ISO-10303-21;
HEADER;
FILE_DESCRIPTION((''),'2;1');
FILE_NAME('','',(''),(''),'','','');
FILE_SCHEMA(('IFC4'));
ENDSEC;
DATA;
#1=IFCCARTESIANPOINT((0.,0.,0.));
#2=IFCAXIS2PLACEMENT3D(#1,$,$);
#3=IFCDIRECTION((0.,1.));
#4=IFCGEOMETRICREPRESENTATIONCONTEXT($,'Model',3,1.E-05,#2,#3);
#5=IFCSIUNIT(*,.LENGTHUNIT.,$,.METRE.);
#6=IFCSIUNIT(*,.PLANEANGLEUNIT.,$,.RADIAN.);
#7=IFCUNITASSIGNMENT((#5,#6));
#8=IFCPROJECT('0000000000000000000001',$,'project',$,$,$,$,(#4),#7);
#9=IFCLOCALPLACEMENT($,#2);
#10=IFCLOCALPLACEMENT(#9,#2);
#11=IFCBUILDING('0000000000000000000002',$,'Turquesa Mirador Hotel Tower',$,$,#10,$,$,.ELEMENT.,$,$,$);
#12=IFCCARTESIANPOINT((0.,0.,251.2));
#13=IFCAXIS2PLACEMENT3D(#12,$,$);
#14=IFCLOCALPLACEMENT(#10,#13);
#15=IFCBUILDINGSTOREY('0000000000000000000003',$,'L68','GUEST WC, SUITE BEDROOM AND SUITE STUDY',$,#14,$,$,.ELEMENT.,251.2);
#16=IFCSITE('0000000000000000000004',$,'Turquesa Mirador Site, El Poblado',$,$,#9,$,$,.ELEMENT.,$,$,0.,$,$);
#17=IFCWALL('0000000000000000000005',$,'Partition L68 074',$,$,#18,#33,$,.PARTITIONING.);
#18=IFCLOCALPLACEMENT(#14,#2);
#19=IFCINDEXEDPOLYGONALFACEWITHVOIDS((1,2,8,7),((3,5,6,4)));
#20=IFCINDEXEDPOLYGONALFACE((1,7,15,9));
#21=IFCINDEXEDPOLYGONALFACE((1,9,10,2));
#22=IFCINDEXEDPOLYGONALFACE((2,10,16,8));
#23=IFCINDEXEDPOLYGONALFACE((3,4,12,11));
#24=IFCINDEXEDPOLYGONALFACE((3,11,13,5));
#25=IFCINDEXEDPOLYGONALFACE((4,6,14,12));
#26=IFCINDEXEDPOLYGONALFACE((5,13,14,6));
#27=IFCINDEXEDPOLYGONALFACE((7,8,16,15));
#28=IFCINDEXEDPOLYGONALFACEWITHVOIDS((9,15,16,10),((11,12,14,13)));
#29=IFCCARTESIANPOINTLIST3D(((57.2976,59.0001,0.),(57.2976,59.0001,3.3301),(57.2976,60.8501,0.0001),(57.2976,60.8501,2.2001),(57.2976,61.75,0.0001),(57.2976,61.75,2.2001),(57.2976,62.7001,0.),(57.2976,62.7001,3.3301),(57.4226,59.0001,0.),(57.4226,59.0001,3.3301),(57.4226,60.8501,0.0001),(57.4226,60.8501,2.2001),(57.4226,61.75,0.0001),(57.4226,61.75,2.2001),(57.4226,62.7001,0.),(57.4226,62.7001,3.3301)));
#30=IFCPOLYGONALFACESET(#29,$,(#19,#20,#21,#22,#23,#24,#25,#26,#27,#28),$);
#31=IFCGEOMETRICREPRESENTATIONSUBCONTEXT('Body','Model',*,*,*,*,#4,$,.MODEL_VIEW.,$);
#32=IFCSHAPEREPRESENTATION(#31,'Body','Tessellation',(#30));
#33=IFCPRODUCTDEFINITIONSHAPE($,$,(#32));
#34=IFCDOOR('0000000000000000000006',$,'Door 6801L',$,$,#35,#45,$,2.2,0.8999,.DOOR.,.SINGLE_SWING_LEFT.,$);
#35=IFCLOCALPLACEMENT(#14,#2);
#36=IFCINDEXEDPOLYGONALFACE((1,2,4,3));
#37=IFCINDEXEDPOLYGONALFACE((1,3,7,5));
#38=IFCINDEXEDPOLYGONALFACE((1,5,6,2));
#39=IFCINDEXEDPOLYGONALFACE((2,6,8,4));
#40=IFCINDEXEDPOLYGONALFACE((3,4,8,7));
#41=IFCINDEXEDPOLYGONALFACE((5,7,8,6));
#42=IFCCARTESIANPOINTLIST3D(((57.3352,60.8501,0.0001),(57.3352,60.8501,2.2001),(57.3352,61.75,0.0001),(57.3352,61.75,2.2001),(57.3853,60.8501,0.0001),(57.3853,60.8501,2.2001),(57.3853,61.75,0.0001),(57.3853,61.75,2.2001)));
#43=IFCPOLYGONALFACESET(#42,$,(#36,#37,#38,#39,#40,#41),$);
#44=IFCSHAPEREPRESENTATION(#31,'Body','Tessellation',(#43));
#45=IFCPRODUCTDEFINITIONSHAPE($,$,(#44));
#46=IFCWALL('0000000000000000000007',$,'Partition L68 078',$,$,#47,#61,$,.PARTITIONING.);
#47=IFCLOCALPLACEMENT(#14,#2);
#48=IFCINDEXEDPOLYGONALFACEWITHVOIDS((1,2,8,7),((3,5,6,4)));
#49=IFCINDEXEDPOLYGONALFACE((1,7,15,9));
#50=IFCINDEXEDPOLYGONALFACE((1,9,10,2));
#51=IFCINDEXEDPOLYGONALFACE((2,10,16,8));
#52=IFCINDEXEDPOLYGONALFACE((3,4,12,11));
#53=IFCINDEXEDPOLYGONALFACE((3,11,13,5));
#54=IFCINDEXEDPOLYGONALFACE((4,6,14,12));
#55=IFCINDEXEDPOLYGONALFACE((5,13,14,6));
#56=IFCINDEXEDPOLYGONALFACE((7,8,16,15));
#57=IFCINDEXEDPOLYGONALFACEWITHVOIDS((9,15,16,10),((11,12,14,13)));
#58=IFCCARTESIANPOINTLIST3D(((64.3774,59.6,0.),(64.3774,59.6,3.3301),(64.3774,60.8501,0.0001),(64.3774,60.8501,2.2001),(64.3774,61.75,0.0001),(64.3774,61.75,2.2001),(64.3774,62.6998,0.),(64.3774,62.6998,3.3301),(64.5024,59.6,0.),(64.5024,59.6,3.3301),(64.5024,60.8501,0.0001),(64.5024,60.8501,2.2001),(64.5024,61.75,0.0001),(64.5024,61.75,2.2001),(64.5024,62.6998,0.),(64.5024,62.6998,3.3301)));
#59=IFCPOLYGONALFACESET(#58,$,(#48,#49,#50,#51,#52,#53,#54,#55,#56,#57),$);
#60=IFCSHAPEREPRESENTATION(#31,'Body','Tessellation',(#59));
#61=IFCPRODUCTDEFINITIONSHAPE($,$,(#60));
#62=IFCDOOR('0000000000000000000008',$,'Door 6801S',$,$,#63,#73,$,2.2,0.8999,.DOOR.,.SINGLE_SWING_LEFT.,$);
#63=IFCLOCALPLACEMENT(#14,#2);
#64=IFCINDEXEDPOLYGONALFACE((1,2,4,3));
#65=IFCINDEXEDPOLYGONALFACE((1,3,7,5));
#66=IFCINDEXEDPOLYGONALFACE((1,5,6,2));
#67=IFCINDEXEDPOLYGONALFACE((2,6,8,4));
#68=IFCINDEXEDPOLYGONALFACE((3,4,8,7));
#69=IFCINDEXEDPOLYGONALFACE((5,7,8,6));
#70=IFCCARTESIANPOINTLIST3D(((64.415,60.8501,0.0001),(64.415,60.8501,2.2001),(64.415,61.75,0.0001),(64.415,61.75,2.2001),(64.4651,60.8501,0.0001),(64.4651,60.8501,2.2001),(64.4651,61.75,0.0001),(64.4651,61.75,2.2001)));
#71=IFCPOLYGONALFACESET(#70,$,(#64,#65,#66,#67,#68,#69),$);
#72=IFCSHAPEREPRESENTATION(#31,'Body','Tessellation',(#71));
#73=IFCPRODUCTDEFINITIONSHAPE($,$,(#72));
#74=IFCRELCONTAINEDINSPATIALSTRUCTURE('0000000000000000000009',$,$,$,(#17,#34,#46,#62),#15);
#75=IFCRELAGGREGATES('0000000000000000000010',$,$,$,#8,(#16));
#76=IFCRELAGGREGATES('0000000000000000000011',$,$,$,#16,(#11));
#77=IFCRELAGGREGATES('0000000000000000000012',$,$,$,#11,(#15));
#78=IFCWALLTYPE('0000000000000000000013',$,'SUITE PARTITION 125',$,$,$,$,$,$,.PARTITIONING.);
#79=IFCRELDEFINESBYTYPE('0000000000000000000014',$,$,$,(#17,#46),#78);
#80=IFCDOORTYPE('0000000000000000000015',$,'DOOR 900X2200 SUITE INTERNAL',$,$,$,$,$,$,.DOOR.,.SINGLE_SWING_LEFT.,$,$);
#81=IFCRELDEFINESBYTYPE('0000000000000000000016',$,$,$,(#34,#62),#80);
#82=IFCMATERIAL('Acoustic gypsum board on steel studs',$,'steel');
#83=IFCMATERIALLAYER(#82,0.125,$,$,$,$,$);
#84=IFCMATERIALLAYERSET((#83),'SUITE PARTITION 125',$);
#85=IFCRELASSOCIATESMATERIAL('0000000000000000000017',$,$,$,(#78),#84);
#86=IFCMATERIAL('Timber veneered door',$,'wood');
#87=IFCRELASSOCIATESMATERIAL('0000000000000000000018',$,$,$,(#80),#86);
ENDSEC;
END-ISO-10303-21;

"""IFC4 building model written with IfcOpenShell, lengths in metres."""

from ifc_helpers import new_model, si_unit, direction, frame, frame_2d, origin, place, context, subcontext, project, spatial, rectangle, extrude, material, layer, layer_set, type_object, element, fill, save


model = new_model("IFC4")

# Units and contexts
model_context = context("Model", 3, precision=1e-05, world=origin(), true_north=direction((0.0, 1.0)))
body_context = subcontext(model_context, "Body", "Model", "MODEL_VIEW")
ifc_project = project(units=[si_unit("LENGTHUNIT", "METRE"), si_unit("PLANEANGLEUNIT", "RADIAN")], contexts=[model_context])

# Site, building, storey
site_placement = place(None, origin())
site = spatial("IfcSite", under=ifc_project, at=site_placement, Name="Turquesa Mirador Site, El Poblado", CompositionType="ELEMENT", RefElevation=0.0)
building_placement = place(site_placement, origin())
building = spatial("IfcBuilding", under=site, at=building_placement, Name="Turquesa Mirador Hotel Tower", CompositionType="ELEMENT")
storey_placement = place(building_placement, frame((0.0, 0.0, 251.2)))
storey = spatial("IfcBuildingStorey", under=building, at=storey_placement, Name="L68", Description="GUEST WC, SUITE BEDROOM AND SUITE STUDY", CompositionType="ELEMENT", Elevation=251.2)

# Walls, openings, doors
ifc_material_1 = material(Name="Acoustic gypsum board on steel studs", Category="steel")
ifc_layer_1 = layer(ifc_material_1, 0.125)
ifc_layer_set_1 = layer_set([ifc_layer_1], Name="SUITE PARTITION 125")
wall_type_1 = type_object("IfcWallType", Name="SUITE PARTITION 125", PredefinedType="PARTITIONING", material=ifc_layer_set_1)
wall_1_placement = place(storey_placement, frame((57.3601, 59.0, 0.0), z_axis=(0.0, 0.0, 1.0), x_axis=(0.0, 1.0, 0.0)))
wall_1 = element("IfcWall", 1, at=wall_1_placement, inside=storey, type_object=wall_type_1, Name="Partition L68 074", PredefinedType="PARTITIONING", context=body_context, shape_type="SweptSolid", body=[
    extrude(rectangle(XDim=3.7, YDim=0.125, at=frame_2d((1.8501, 0.0))), origin(), (0.0, 0.0, 1.0), 3.3301),
])
opening_1_placement = place(wall_1_placement, frame((1.8501, 0.0, 0.0)))
opening_1 = element("IfcOpeningElement", 2, at=opening_1_placement, cuts=wall_1, PredefinedType="OPENING", context=body_context, shape_type="SweptSolid", body=[
    extrude(rectangle(XDim=0.8999, YDim=2.2, at=frame_2d((0.45, 1.1001))), frame((0.0, 0.0725, 0.0), z_axis=(0.0, -1.0, 0.0), x_axis=(1.0, 0.0, 0.0)), (0.0, 0.0, 1.0), 0.145),
])
ifc_material_2 = material(Name="Timber veneered door", Category="wood")
door_type_1 = type_object("IfcDoorType", Name="DOOR 900X2200 SUITE INTERNAL", OperationType="SINGLE_SWING_LEFT", PredefinedType="DOOR", material=ifc_material_2)
door_1_placement = place(opening_1_placement, origin())
door_1 = element("IfcDoor", 3, at=door_1_placement, inside=storey, type_object=door_type_1, Name="Door 6801L", OperationType="SINGLE_SWING_LEFT", OverallHeight=2.2, OverallWidth=0.8999, PredefinedType="DOOR", context=body_context, shape_type="SweptSolid", body=[
    extrude(rectangle(XDim=0.8999, YDim=2.2, at=frame_2d((0.45, 1.1001))), frame((0.0, 0.0249, 0.0), z_axis=(0.0, -1.0, 0.0), x_axis=(1.0, 0.0, 0.0)), (0.0, 0.0, 1.0), 0.05),
])
fill(opening_1, door_1)
wall_2_placement = place(storey_placement, frame((64.4399, 59.6001, 0.0), z_axis=(0.0, 0.0, 1.0), x_axis=(0.0, 1.0, 0.0)))
wall_2 = element("IfcWall", 4, at=wall_2_placement, inside=storey, type_object=wall_type_1, Name="Partition L68 078", PredefinedType="PARTITIONING", context=body_context, shape_type="SweptSolid", body=[
    extrude(rectangle(XDim=3.0999, YDim=0.125, at=frame_2d((1.5498, 0.0))), origin(), (0.0, 0.0, 1.0), 3.3301),
])
opening_2_placement = place(wall_2_placement, frame((1.25, 0.0, 0.0)))
opening_2 = element("IfcOpeningElement", 5, at=opening_2_placement, cuts=wall_2, PredefinedType="OPENING", context=body_context, shape_type="SweptSolid", body=[
    extrude(rectangle(XDim=0.8999, YDim=2.2, at=frame_2d((0.45, 1.1001))), frame((0.0, 0.0725, 0.0), z_axis=(0.0, -1.0, 0.0), x_axis=(1.0, 0.0, 0.0)), (0.0, 0.0, 1.0), 0.145),
])
door_2_placement = place(opening_2_placement, origin())
door_2 = element("IfcDoor", 6, at=door_2_placement, inside=storey, type_object=door_type_1, Name="Door 6801S", OperationType="SINGLE_SWING_LEFT", OverallHeight=2.2, OverallWidth=0.8999, PredefinedType="DOOR", context=body_context, shape_type="SweptSolid", body=[
    extrude(rectangle(XDim=0.8999, YDim=2.2, at=frame_2d((0.45, 1.1001))), frame((0.0, 0.0249, 0.0), z_axis=(0.0, -1.0, 0.0), x_axis=(1.0, 0.0, 0.0)), (0.0, 0.0, 1.0), 0.05),
])
fill(opening_2, door_2)

save(model, "model.ifc")
